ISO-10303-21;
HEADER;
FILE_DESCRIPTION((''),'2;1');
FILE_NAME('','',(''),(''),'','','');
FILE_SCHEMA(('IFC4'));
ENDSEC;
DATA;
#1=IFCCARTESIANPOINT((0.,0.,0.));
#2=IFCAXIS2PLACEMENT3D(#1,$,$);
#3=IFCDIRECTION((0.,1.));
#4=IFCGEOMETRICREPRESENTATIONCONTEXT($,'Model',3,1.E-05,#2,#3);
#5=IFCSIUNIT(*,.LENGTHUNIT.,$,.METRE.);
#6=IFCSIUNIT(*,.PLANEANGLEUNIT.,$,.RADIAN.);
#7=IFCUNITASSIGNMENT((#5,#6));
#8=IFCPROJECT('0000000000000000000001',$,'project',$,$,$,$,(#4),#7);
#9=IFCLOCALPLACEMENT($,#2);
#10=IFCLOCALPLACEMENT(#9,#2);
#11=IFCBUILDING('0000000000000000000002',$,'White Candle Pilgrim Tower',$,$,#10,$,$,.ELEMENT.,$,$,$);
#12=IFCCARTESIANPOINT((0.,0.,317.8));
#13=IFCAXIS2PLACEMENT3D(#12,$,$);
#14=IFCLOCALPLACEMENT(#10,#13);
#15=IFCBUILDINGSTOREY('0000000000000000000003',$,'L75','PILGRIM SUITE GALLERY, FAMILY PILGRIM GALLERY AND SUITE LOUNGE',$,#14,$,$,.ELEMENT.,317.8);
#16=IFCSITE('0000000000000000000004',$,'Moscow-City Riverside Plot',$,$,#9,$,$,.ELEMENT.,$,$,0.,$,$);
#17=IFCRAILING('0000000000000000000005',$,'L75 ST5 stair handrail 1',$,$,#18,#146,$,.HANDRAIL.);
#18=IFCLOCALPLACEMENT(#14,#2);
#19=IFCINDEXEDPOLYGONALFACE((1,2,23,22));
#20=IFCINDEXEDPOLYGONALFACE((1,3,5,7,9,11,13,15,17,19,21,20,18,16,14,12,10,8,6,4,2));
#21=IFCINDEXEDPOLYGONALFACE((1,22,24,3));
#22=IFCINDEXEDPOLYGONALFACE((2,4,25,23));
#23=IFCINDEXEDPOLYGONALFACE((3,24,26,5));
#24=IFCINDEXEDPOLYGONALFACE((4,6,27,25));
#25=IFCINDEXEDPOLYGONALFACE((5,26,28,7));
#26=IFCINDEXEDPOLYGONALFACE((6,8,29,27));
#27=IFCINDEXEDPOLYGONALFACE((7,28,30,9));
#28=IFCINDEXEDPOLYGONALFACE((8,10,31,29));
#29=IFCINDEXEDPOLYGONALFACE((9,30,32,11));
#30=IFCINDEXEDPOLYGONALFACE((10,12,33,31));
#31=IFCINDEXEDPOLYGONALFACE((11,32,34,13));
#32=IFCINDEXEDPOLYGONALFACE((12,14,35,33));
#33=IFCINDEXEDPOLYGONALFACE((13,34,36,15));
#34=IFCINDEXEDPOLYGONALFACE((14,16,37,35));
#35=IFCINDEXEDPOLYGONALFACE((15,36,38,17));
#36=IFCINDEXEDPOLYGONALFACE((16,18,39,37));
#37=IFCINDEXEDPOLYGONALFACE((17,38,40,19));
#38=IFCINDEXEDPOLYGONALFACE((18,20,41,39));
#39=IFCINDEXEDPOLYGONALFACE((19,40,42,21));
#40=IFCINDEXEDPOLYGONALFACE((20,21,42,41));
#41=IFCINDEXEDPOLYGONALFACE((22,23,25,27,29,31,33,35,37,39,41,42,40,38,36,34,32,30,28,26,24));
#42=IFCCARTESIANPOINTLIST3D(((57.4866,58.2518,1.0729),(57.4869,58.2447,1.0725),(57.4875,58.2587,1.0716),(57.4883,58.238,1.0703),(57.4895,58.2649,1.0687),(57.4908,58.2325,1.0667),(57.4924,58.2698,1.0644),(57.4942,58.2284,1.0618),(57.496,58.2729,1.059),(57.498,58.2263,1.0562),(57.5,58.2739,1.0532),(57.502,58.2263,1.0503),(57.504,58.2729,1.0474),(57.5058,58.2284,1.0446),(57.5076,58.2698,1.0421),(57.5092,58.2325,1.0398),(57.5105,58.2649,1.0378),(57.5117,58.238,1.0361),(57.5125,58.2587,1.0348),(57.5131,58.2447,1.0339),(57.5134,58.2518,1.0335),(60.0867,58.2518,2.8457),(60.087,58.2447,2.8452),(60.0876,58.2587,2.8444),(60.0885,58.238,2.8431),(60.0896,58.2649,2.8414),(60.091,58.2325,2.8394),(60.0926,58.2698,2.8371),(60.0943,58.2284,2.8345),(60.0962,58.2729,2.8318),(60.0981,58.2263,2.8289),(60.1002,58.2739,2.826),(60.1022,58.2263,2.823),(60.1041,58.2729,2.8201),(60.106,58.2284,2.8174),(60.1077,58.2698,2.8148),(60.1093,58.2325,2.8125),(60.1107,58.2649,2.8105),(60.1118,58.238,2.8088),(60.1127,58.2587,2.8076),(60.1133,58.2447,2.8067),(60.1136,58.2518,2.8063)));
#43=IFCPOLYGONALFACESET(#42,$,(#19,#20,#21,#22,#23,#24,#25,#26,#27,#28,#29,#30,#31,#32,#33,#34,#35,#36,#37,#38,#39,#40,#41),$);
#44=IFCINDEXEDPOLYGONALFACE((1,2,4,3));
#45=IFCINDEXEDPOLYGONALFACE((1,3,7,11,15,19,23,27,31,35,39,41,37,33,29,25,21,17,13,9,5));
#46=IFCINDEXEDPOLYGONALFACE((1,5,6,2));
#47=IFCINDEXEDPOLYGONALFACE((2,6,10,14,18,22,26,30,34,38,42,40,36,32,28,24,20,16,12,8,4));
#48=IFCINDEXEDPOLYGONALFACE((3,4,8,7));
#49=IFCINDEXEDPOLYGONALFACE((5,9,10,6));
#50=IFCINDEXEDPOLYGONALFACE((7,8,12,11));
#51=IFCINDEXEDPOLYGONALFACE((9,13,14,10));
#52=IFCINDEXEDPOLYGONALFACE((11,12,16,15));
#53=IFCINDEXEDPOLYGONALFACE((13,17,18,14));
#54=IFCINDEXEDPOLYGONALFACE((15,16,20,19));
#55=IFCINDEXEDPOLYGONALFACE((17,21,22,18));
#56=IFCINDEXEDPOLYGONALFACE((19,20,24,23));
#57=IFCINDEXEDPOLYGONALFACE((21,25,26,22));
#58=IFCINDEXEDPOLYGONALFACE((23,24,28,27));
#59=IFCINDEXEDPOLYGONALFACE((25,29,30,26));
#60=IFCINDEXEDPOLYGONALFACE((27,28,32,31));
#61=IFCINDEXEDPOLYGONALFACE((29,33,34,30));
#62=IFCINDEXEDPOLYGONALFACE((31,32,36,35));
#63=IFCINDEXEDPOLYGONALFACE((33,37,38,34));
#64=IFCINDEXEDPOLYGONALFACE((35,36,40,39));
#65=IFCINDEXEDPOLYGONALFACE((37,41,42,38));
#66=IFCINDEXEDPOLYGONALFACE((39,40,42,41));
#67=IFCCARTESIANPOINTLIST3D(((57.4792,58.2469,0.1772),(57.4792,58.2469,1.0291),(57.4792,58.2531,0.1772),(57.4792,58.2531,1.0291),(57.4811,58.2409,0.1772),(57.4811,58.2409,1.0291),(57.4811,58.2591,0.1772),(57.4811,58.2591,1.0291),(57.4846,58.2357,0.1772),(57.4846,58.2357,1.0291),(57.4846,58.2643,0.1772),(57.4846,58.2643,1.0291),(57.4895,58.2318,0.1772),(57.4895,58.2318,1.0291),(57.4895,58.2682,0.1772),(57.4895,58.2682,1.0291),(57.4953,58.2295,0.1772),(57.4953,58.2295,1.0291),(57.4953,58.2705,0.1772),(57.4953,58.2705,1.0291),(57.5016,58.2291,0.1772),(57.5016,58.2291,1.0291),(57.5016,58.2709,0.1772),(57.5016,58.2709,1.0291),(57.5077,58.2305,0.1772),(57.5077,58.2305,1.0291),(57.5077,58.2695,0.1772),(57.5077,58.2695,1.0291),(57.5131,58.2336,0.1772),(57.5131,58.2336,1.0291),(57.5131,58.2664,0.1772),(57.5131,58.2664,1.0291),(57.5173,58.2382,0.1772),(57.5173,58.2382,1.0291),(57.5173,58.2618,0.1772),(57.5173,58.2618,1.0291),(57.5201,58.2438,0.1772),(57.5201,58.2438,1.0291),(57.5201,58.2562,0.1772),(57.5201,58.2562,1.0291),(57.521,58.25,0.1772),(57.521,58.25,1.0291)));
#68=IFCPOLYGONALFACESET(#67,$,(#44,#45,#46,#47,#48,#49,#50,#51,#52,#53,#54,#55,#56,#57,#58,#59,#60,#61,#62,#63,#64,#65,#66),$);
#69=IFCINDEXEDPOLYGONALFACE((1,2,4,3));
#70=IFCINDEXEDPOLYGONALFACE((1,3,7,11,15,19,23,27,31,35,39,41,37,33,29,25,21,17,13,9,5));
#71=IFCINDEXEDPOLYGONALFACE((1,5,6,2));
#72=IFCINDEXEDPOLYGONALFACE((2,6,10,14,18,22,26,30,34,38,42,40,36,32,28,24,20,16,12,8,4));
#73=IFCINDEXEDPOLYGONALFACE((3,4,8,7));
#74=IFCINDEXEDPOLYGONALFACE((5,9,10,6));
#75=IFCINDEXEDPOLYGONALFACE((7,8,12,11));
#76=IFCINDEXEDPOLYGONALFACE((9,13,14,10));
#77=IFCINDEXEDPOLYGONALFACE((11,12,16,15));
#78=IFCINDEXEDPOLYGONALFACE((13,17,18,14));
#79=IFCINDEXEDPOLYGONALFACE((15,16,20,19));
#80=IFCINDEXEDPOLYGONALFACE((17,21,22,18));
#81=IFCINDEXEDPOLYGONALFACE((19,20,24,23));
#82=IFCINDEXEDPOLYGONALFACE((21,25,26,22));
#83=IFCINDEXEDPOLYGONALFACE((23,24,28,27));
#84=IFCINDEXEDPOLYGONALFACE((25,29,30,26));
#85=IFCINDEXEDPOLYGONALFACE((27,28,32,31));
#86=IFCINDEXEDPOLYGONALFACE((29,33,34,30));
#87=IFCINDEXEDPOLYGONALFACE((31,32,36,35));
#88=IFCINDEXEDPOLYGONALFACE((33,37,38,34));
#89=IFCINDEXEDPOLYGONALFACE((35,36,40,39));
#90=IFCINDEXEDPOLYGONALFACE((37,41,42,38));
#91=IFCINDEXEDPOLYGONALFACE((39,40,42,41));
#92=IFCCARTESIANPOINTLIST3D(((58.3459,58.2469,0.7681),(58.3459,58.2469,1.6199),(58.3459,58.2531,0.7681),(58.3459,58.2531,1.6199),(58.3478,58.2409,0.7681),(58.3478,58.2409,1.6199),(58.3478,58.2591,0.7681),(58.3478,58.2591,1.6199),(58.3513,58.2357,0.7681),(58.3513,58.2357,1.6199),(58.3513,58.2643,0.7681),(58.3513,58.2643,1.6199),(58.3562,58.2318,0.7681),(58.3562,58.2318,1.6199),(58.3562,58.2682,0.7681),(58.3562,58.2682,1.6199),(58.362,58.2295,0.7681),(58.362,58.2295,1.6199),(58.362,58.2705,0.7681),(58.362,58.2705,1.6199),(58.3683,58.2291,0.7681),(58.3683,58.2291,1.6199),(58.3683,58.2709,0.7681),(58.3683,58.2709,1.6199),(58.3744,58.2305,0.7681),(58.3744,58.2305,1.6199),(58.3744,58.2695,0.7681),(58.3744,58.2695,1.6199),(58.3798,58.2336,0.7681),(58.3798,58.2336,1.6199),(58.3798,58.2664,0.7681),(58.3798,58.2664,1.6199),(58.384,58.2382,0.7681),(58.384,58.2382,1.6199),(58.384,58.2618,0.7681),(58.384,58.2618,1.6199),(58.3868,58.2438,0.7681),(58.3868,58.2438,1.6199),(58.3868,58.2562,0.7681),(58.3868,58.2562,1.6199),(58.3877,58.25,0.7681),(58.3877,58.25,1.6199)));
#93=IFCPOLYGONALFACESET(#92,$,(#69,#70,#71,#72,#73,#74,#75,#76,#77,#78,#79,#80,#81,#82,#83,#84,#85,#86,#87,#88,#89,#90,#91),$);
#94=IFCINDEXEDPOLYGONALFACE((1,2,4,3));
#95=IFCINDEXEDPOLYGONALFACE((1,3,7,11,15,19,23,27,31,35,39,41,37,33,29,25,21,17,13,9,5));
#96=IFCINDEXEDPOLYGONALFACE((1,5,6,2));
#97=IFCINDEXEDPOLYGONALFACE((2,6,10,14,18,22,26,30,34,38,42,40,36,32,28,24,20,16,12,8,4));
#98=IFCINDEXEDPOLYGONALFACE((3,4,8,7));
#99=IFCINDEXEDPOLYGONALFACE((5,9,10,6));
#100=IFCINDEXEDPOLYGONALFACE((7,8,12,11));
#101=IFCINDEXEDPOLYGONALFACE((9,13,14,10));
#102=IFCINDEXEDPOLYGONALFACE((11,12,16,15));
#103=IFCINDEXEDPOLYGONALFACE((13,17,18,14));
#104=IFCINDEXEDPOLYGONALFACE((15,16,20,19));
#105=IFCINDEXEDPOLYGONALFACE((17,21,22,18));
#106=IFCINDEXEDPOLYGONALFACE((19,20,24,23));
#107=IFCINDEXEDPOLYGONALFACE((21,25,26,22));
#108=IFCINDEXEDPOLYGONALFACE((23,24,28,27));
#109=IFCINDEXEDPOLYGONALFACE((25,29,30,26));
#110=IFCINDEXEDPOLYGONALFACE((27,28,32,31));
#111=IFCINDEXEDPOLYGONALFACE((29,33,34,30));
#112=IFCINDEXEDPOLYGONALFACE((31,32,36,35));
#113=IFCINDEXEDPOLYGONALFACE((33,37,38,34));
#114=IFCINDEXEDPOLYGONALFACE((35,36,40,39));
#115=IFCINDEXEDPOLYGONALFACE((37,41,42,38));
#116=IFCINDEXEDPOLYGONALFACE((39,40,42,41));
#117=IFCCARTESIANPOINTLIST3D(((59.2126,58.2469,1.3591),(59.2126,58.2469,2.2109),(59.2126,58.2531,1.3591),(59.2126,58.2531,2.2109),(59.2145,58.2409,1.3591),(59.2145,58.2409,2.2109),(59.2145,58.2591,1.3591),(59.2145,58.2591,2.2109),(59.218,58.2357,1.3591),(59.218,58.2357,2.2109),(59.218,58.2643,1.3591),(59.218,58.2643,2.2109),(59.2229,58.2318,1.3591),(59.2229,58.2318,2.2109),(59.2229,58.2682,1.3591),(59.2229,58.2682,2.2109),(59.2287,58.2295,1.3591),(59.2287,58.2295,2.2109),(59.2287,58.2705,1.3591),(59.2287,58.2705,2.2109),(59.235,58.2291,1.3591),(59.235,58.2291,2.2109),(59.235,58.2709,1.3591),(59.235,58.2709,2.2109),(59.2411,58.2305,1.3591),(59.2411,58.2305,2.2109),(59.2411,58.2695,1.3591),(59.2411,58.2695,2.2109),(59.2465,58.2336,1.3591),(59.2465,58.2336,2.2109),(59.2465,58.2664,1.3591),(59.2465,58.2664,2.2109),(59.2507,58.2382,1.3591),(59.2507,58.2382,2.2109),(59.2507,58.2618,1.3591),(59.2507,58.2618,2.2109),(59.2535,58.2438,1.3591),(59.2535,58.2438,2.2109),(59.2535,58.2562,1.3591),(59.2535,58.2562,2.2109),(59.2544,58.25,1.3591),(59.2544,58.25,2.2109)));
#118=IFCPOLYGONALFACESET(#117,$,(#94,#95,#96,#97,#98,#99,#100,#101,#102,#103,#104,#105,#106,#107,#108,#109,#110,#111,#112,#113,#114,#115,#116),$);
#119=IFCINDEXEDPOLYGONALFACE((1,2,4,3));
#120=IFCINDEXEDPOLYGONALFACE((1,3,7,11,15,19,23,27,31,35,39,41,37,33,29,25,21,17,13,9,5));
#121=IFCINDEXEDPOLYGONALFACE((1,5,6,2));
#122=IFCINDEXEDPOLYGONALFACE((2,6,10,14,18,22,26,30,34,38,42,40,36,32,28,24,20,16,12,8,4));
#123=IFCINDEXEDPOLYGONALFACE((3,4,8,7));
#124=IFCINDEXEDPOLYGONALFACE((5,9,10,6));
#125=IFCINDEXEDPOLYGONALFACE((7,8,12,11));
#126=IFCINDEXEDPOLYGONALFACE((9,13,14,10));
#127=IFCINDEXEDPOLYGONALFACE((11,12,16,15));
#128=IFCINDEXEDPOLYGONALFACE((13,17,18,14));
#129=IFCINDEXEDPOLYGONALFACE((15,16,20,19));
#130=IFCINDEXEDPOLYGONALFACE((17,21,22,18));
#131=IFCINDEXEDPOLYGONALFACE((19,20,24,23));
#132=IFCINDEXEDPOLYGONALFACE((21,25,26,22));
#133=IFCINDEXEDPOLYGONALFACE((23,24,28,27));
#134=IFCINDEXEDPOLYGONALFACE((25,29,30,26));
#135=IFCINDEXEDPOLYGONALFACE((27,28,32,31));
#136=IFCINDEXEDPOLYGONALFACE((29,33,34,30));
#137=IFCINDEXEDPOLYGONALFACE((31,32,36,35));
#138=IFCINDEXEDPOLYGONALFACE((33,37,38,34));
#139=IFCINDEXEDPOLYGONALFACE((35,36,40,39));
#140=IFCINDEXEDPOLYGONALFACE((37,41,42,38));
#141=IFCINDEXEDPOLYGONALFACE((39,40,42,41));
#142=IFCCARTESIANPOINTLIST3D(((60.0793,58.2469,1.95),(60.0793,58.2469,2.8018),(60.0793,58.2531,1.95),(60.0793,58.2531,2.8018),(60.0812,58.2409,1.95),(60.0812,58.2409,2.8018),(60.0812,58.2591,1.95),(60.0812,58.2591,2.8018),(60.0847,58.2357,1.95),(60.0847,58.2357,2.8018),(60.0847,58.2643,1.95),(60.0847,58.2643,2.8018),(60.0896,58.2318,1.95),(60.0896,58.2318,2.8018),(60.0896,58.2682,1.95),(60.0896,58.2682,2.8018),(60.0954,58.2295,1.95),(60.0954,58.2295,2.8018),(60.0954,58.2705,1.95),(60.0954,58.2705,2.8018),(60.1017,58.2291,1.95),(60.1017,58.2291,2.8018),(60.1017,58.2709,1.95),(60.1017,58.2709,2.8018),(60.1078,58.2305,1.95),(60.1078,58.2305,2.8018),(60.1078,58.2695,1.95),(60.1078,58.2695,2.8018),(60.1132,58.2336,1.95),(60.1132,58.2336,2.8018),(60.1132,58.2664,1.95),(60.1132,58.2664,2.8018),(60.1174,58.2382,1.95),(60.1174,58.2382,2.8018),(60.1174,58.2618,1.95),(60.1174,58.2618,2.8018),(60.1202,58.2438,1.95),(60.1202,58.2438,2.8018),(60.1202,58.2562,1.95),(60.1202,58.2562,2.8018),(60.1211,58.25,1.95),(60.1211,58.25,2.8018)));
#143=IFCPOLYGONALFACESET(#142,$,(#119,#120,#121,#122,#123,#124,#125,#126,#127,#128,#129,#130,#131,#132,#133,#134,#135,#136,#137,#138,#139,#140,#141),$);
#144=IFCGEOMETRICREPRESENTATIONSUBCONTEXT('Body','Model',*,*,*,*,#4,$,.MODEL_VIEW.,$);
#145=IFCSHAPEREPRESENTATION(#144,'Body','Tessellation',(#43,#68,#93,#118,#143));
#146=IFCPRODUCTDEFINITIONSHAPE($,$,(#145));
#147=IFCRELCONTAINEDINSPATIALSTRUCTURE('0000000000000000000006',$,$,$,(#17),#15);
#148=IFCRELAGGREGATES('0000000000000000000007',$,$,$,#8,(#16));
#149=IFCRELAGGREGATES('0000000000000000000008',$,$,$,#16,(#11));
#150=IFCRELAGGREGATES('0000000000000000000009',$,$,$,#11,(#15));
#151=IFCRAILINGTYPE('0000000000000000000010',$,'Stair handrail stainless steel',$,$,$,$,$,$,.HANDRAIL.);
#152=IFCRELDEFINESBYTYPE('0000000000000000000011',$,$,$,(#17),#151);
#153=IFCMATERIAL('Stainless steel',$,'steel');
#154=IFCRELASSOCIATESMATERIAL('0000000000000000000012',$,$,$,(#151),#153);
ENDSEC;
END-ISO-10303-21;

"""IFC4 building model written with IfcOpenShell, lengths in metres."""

from ifc_helpers import new_model, si_unit, direction, frame, origin, origin_2d, place, context, subcontext, project, spatial, circle, extrude, material, type_object, element, save


model = new_model("IFC4")

# Units and contexts
model_context = context("Model", 3, precision=1e-05, world=origin(), true_north=direction((0.0, 1.0)))
body_context = subcontext(model_context, "Body", "Model", "MODEL_VIEW")
ifc_project = project(units=[si_unit("LENGTHUNIT", "METRE"), si_unit("PLANEANGLEUNIT", "RADIAN")], contexts=[model_context])

# Site, building, storey
site_placement = place(None, origin())
site = spatial("IfcSite", under=ifc_project, at=site_placement, Name="Moscow-City Riverside Plot", CompositionType="ELEMENT", RefElevation=0.0)
building_placement = place(site_placement, origin())
building = spatial("IfcBuilding", under=site, at=building_placement, Name="White Candle Pilgrim Tower", CompositionType="ELEMENT")
storey_placement = place(building_placement, frame((0.0, 0.0, 317.8)))
storey = spatial("IfcBuildingStorey", under=building, at=storey_placement, Name="L75", Description="PILGRIM SUITE GALLERY, FAMILY PILGRIM GALLERY AND SUITE LOUNGE", CompositionType="ELEMENT", Elevation=317.8)

# Railing
ifc_material_1 = material(Name="Stainless steel", Category="steel")
railing_type_1 = type_object("IfcRailingType", Name="Stair handrail stainless steel", PredefinedType="HANDRAIL", material=ifc_material_1)
railing_1_placement = place(storey_placement, frame((57.5, 58.25, 0.1772)))
element("IfcRailing", 1, at=railing_1_placement, inside=storey, type_object=railing_type_1, Name="L75 ST5 stair handrail 1", PredefinedType="HANDRAIL", context=body_context, shape_type="SweptSolid", body=[
    extrude(circle(Radius=0.0239, at=origin_2d()), frame((0.0, 0.0, 0.876), z_axis=(0.82624, 0.0, 0.563318), x_axis=(0.0, 1.0, 0.0)), (0.0, 0.0, 1.0), 3.147),
    extrude(circle(Radius=0.021, at=origin_2d()), origin(), (0.0, 0.0, 1.0), 0.8518),
    extrude(circle(Radius=0.021, at=origin_2d()), frame((0.8667, 0.0, 0.5908)), (0.0, 0.0, 1.0), 0.8518),
    extrude(circle(Radius=0.021, at=origin_2d()), frame((1.7334, 0.0, 1.1819)), (0.0, 0.0, 1.0), 0.8518),
    extrude(circle(Radius=0.021, at=origin_2d()), frame((2.6001, 0.0, 1.7727)), (0.0, 0.0, 1.0), 0.8518),
])

save(model, "model.ifc")
